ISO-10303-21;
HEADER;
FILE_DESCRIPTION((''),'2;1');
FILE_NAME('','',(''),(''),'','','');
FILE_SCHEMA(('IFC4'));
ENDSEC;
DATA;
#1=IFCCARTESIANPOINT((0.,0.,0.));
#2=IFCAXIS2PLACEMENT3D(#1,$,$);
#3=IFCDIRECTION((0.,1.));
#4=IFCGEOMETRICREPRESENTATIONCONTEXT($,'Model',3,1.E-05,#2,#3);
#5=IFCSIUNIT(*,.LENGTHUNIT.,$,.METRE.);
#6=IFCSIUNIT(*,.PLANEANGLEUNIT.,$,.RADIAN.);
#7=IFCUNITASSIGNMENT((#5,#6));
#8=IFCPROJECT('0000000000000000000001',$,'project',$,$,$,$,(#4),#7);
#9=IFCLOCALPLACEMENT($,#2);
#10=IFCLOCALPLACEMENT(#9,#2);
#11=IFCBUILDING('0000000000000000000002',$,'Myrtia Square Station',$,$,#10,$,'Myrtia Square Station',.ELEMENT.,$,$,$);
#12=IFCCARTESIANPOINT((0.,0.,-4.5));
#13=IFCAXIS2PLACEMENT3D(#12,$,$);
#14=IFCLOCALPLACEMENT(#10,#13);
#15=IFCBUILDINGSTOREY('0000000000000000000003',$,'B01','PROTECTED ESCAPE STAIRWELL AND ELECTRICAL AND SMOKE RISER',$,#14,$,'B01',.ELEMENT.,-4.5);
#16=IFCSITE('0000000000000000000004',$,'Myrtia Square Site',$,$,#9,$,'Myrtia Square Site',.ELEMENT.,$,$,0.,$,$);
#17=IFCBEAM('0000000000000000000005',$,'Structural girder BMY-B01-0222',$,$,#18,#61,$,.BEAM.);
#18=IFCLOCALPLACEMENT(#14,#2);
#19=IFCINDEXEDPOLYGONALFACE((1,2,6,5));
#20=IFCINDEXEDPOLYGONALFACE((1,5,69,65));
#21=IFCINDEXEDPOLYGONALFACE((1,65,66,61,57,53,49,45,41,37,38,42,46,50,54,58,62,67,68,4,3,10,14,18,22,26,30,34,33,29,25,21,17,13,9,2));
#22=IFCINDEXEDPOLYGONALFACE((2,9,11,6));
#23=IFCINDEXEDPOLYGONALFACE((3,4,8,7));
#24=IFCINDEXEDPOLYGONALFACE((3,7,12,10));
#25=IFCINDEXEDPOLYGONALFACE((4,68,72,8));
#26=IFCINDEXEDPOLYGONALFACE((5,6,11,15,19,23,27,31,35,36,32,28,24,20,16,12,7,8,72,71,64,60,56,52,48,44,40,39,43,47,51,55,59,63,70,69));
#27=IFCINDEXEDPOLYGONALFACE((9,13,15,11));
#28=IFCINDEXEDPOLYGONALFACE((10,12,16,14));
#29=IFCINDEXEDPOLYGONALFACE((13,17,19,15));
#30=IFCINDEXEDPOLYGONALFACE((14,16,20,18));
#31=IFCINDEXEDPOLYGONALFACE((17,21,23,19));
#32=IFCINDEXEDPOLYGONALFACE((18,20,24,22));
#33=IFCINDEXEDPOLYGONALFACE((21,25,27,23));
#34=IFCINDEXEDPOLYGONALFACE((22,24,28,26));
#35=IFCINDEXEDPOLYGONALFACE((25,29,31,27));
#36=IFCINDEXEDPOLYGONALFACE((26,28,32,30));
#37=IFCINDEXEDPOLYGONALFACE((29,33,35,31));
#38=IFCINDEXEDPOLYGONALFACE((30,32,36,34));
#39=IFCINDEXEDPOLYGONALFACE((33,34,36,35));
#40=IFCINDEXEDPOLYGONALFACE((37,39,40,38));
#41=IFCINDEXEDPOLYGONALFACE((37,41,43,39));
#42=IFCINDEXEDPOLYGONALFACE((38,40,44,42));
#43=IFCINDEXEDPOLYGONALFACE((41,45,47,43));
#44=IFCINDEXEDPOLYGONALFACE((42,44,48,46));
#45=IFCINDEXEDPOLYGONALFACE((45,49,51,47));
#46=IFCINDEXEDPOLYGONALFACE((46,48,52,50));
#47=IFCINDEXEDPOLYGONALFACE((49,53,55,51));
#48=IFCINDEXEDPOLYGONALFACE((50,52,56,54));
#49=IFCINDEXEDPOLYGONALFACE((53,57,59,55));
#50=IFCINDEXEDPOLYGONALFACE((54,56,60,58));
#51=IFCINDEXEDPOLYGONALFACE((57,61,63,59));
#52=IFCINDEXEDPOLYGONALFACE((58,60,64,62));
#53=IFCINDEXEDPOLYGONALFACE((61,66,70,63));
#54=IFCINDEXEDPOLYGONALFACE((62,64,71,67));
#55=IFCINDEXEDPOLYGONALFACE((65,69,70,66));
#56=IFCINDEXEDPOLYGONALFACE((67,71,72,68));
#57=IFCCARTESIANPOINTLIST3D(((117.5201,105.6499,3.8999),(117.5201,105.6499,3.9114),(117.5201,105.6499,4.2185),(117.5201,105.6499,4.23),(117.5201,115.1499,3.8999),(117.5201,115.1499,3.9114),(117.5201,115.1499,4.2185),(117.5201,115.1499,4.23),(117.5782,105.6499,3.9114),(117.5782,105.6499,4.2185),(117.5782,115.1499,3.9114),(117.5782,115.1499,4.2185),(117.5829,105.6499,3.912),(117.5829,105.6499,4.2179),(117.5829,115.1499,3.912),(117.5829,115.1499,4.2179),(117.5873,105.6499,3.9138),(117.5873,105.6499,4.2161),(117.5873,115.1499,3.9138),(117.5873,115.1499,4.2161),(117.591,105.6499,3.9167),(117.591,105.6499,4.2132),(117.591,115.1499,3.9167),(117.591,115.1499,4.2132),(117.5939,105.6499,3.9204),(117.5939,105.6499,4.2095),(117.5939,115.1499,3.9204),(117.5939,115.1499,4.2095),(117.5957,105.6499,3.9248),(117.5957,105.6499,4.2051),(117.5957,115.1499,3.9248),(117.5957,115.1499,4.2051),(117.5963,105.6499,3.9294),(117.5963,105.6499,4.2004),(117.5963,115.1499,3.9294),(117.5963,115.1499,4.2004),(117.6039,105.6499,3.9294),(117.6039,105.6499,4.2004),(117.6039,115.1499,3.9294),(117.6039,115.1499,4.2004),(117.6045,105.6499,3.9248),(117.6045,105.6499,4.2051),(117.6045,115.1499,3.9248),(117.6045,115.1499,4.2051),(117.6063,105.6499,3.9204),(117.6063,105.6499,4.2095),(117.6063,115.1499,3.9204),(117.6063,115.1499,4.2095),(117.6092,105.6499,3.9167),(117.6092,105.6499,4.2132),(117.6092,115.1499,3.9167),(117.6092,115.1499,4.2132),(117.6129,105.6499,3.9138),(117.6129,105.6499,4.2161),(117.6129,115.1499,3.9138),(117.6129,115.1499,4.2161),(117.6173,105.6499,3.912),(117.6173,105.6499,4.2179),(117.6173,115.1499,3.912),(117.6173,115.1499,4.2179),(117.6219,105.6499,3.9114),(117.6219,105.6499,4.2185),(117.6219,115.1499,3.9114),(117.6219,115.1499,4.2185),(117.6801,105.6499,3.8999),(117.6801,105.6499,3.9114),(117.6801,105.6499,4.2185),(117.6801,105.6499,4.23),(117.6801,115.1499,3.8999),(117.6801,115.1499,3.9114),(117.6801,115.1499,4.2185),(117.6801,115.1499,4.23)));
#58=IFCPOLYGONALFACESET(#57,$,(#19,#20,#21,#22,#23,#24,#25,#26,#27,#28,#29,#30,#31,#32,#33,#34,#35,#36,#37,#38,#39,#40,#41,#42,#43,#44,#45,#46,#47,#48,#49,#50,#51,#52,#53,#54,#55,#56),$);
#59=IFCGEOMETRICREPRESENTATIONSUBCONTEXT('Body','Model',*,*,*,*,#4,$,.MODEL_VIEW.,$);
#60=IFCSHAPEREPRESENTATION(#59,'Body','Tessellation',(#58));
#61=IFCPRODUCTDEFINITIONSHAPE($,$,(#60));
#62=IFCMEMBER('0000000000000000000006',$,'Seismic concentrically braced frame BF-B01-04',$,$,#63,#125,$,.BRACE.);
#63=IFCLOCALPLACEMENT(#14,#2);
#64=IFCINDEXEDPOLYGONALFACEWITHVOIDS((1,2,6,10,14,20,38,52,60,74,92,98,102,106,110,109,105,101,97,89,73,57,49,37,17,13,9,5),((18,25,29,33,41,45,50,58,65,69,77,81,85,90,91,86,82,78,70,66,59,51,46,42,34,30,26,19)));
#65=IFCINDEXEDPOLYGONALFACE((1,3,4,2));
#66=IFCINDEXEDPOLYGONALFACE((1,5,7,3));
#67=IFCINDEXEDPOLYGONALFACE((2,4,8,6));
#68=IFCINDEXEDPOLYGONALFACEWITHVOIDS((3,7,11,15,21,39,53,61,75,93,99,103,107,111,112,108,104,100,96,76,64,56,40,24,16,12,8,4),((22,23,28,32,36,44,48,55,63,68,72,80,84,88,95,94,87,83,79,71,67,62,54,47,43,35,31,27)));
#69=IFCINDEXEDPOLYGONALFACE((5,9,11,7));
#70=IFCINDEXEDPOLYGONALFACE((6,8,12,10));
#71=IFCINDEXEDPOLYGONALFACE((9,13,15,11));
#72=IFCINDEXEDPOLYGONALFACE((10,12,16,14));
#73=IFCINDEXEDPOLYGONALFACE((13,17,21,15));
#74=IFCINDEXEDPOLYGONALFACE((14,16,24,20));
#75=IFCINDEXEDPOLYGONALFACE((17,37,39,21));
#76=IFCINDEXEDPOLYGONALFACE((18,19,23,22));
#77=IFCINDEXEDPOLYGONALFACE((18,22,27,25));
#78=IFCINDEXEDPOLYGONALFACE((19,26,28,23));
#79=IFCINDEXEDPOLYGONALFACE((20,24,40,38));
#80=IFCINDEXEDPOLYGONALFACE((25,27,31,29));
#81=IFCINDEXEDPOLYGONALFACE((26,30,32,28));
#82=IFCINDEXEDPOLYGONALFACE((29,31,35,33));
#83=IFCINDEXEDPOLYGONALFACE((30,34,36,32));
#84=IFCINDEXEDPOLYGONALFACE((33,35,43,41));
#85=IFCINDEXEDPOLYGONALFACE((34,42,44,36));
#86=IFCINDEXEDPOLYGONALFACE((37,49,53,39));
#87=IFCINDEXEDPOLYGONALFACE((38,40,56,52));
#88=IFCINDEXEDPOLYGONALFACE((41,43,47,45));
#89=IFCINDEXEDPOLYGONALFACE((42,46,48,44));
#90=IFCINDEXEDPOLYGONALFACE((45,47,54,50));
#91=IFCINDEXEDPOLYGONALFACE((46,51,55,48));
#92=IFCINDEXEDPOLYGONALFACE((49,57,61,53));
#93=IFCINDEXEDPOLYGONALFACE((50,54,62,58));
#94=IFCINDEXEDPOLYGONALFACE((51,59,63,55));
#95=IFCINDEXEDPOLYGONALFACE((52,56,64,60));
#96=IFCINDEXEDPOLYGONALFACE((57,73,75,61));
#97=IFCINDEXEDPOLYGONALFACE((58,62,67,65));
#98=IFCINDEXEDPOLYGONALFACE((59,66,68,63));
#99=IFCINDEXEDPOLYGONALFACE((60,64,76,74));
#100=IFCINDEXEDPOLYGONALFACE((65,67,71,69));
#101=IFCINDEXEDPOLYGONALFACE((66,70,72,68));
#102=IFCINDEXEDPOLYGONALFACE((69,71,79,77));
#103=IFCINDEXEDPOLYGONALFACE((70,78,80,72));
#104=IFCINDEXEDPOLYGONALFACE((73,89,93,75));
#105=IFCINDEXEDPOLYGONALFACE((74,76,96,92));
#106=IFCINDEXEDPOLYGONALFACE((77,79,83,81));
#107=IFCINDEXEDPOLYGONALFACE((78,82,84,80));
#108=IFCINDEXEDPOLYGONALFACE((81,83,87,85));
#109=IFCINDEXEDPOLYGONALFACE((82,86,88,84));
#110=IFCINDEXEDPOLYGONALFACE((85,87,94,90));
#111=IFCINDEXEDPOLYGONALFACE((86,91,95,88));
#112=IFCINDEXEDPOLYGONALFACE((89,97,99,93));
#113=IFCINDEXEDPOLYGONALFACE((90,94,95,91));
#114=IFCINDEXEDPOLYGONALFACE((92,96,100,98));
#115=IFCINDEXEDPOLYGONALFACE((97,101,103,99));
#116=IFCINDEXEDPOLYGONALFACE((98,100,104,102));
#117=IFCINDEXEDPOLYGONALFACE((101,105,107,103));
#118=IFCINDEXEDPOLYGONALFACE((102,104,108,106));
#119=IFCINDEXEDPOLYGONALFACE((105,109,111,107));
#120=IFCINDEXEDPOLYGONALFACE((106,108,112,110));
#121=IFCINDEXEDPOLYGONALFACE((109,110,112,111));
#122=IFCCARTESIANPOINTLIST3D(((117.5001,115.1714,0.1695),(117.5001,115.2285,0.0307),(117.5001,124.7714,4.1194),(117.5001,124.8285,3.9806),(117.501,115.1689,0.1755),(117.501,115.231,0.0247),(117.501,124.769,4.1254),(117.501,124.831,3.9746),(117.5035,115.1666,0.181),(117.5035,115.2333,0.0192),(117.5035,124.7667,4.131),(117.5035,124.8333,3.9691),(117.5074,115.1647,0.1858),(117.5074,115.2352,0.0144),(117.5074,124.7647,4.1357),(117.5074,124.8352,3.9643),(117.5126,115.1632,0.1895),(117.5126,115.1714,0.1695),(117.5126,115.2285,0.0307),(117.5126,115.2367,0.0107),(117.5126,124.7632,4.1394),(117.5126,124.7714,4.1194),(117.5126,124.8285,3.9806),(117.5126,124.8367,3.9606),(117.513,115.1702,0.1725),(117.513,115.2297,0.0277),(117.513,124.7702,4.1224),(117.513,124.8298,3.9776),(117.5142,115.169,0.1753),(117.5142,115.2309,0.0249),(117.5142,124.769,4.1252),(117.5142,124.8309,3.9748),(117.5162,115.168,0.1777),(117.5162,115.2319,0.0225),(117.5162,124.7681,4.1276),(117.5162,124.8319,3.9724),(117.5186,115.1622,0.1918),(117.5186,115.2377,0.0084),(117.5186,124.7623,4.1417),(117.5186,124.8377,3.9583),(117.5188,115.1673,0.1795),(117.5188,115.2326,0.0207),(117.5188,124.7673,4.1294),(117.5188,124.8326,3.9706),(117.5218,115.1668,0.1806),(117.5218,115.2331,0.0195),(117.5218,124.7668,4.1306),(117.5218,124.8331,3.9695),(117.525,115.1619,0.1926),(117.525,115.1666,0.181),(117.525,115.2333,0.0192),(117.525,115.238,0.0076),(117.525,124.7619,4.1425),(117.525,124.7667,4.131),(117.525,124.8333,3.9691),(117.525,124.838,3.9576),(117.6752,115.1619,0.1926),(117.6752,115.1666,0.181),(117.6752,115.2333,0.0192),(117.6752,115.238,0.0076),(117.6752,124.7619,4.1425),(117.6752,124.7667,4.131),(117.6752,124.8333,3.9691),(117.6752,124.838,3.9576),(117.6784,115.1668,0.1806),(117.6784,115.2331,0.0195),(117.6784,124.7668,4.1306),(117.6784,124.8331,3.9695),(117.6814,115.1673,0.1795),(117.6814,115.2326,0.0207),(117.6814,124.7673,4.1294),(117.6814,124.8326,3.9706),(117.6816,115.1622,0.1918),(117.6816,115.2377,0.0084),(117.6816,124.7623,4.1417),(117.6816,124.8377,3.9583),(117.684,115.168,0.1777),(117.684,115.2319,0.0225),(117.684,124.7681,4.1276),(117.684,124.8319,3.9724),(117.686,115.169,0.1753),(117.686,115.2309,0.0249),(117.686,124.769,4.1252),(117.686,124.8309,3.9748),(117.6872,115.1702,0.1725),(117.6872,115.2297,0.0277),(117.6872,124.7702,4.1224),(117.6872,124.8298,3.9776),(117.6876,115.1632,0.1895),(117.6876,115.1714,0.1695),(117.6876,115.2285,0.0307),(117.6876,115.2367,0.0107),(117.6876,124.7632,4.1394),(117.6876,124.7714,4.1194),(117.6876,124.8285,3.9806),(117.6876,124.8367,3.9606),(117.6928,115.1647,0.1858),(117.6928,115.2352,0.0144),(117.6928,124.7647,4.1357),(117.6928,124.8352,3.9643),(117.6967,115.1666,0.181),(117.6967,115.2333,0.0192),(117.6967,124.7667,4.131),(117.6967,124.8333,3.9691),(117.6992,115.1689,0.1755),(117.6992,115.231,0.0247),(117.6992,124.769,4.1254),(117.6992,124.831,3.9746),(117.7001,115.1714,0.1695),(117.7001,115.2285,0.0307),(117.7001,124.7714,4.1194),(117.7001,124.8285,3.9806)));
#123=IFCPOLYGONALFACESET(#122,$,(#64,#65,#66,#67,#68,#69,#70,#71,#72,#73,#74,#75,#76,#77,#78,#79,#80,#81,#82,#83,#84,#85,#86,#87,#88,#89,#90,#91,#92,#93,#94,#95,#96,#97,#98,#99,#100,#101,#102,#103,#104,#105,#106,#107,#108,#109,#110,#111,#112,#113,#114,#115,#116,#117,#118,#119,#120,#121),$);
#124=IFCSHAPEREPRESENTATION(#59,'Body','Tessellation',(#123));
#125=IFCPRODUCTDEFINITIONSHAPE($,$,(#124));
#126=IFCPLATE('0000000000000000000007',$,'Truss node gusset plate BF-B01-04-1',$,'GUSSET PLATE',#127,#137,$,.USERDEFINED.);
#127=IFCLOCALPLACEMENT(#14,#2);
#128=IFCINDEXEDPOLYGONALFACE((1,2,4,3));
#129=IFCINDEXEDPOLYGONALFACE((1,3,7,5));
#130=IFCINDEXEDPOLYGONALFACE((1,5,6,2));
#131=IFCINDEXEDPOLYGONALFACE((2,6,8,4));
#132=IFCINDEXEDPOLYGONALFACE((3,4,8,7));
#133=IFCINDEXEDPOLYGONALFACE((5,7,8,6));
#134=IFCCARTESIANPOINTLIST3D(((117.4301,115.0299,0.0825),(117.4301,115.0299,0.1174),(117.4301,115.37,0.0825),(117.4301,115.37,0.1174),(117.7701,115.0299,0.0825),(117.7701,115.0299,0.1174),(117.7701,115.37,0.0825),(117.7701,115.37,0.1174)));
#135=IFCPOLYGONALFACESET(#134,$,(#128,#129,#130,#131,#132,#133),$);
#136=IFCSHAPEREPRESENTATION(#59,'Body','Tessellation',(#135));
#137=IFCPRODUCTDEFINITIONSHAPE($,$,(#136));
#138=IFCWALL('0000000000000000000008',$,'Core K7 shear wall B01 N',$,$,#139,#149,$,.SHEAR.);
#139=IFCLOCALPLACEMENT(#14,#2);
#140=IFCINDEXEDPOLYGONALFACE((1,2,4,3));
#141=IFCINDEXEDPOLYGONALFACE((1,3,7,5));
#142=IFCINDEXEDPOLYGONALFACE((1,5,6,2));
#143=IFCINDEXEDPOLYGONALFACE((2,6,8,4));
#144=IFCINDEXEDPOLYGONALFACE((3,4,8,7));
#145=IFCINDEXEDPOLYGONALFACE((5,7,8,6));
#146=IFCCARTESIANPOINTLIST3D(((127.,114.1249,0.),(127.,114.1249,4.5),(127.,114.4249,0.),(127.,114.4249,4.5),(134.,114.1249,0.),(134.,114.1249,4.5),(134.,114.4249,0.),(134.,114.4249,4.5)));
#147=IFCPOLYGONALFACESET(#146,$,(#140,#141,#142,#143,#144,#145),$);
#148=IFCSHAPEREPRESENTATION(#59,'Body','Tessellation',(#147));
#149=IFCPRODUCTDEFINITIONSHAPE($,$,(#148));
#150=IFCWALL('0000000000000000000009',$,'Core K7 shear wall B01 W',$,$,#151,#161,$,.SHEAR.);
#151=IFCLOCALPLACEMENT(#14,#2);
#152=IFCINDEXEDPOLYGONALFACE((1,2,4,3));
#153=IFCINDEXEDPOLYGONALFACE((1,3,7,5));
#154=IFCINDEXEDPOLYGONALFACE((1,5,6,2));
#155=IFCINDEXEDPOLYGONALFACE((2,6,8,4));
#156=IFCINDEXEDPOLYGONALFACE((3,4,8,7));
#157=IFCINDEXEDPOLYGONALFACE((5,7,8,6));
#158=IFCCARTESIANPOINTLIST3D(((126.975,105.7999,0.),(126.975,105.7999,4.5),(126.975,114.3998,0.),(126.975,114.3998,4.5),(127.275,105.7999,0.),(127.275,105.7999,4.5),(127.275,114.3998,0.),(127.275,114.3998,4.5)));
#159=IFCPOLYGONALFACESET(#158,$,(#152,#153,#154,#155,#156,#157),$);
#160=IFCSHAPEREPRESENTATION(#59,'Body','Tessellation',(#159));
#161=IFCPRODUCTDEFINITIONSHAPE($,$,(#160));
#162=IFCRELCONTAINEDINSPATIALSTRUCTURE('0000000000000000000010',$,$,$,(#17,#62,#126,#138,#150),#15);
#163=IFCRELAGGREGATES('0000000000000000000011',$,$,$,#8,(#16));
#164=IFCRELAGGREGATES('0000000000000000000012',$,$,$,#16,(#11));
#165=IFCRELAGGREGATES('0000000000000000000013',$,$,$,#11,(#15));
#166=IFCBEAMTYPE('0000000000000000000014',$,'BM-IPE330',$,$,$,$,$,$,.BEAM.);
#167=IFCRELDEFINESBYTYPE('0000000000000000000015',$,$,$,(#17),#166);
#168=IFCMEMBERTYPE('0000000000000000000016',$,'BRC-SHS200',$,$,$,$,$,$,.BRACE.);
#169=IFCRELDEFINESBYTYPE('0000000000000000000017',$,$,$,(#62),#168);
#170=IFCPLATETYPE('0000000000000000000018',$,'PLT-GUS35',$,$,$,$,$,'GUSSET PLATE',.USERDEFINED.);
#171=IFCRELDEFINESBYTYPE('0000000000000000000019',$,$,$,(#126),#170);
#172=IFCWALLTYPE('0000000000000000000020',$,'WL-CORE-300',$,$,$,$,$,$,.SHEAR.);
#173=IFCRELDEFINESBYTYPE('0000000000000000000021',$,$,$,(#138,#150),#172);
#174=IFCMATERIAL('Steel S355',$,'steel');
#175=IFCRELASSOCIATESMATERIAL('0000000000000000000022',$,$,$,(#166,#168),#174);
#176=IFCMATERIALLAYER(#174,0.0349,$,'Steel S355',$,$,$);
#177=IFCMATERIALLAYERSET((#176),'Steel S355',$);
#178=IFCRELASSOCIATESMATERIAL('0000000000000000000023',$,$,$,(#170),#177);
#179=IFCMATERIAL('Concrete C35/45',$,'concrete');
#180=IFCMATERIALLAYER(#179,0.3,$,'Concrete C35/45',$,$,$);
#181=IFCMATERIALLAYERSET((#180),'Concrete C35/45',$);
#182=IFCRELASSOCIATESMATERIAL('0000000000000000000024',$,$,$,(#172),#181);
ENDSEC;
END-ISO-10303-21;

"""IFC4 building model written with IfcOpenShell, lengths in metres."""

from ifc_helpers import new_model, si_unit, direction, frame, frame_2d, origin, origin_2d, place, context, subcontext, project, spatial, rectangle, hollow_rectangle, i_section, extrude, material, layer, layer_set, material_profile, profile_set, type_object, element, save


model = new_model("IFC4")

# Units and contexts
model_context = context("Model", 3, precision=1e-05, world=origin(), true_north=direction((0.0, 1.0)))
body_context = subcontext(model_context, "Body", "Model", "MODEL_VIEW")
ifc_project = project(units=[si_unit("LENGTHUNIT", "METRE"), si_unit("PLANEANGLEUNIT", "RADIAN")], contexts=[model_context])

# Site, building, storey
site_placement = place(None, origin())
site = spatial("IfcSite", under=ifc_project, at=site_placement, Name="Myrtia Square Site", LongName="Myrtia Square Site", CompositionType="ELEMENT", RefElevation=0.0)
building_placement = place(site_placement, origin())
building = spatial("IfcBuilding", under=site, at=building_placement, Name="Myrtia Square Station", LongName="Myrtia Square Station", CompositionType="ELEMENT")
storey_placement = place(building_placement, frame((0.0, 0.0, -4.5)))
storey = spatial("IfcBuildingStorey", under=building, at=storey_placement, Name="B01", Description="PROTECTED ESCAPE STAIRWELL AND ELECTRICAL AND SMOKE RISER", LongName="B01", CompositionType="ELEMENT", Elevation=-4.5)

# Shared definitions
ifc_material_1 = material(Name="Concrete C35/45", Category="concrete")

# Shared definitions
ifc_material_2 = material(Name="Steel S355", Category="steel")

# Beam
ifc_material_profile_1 = material_profile(ifc_material_2, i_section(OverallWidth=0.1599, OverallDepth=0.3301, WebThickness=0.0076, FlangeThickness=0.0115, FilletRadius=0.0181, at=origin_2d()), Name="IPE 330")
ifc_profile_set_1 = profile_set([ifc_material_profile_1], Name="Steel S355")
beam_type_1 = type_object("IfcBeamType", Name="BM-IPE330", PredefinedType="BEAM", material=ifc_profile_set_1)
beam_1_placement = place(storey_placement, frame((117.6001, 105.6499, 4.0649), z_axis=(0.0, 1.0, 0.0), x_axis=(-1.0, 0.0, 0.0)))
element("IfcBeam", 1, at=beam_1_placement, inside=storey, type_object=beam_type_1, Name="Structural girder BMY-B01-0222", PredefinedType="BEAM", context=body_context, shape_type="SweptSolid", body=[
    extrude(i_section(OverallWidth=0.1599, OverallDepth=0.3301, WebThickness=0.0076, FlangeThickness=0.0115, FilletRadius=0.0181, at=origin_2d()), origin(), (0.0, 0.0, 1.0), 9.5),
])

# Member
ifc_material_profile_2 = material_profile(ifc_material_2, hollow_rectangle(XDim=0.2, YDim=0.2, WallThickness=0.0125, InnerFilletRadius=0.0125, OuterFilletRadius=0.0249, at=origin_2d()), Name="SHS 200x200x12.5")
ifc_profile_set_2 = profile_set([ifc_material_profile_2], Name="Steel S355")
member_type = type_object("IfcMemberType", Name="BRC-SHS200", PredefinedType="BRACE", material=ifc_profile_set_2)
member_placement = place(storey_placement, frame((117.6001, 115.2, 0.1001), z_axis=(0.0, 0.924781, 0.3805), x_axis=(-1.0, 0.0, 0.0)))
element("IfcMember", 2, at=member_placement, inside=storey, type_object=member_type, Name="Seismic concentrically braced frame BF-B01-04", PredefinedType="BRACE", context=body_context, shape_type="SweptSolid", body=[
    extrude(hollow_rectangle(XDim=0.2, YDim=0.2, WallThickness=0.0125, InnerFilletRadius=0.0125, OuterFilletRadius=0.0249, at=origin_2d()), origin(), (0.0, 0.0, 1.0), 10.3809),
])

# Plate
ifc_layer_1 = layer(ifc_material_2, 0.0349, Name="Steel S355")
ifc_layer_set_1 = layer_set([ifc_layer_1], Name="Steel S355")
plate_type = type_object("IfcPlateType", Name="PLT-GUS35", ElementType="GUSSET PLATE", PredefinedType="USERDEFINED", material=ifc_layer_set_1)
plate_placement = place(storey_placement, frame((117.6001, 115.2, 0.0825), z_axis=(0.0, 0.0, 1.0), x_axis=(0.0, 1.0, 0.0)))
element("IfcPlate", 3, at=plate_placement, inside=storey, type_object=plate_type, Name="Truss node gusset plate BF-B01-04-1", ObjectType="GUSSET PLATE", PredefinedType="USERDEFINED", context=body_context, shape_type="SweptSolid", body=[
    extrude(rectangle(XDim=0.3401, YDim=0.3401, at=origin_2d()), origin(), (0.0, 0.0, 1.0), 0.0349),
])

# Shared definitions
ifc_layer_2 = layer(ifc_material_1, 0.3, Name="Concrete C35/45")
ifc_layer_set_2 = layer_set([ifc_layer_2], Name="Concrete C35/45")
wall_type_1 = type_object("IfcWallType", Name="WL-CORE-300", PredefinedType="SHEAR", material=ifc_layer_set_2)

# Walls
wall_1_placement = place(storey_placement, frame((127.0, 114.2749, 0.0), z_axis=(0.0, 0.0, 1.0), x_axis=(1.0, 0.0, 0.0)))
element("IfcWall", 4, at=wall_1_placement, inside=storey, type_object=wall_type_1, Name="Core K7 shear wall B01 N", PredefinedType="SHEAR", context=body_context, shape_type="SweptSolid", body=[
    extrude(rectangle(XDim=7.0, YDim=0.3, at=frame_2d((3.5, 0.0))), origin(), (0.0, 0.0, 1.0), 4.5),
])
wall_2_placement = place(storey_placement, frame((127.125, 105.8, 0.0), z_axis=(0.0, 0.0, 1.0), x_axis=(0.0, 1.0, 0.0)))
element("IfcWall", 5, at=wall_2_placement, inside=storey, type_object=wall_type_1, Name="Core K7 shear wall B01 W", PredefinedType="SHEAR", context=body_context, shape_type="SweptSolid", body=[
    extrude(rectangle(XDim=8.5999, YDim=0.3, at=frame_2d((4.2998, 0.0))), origin(), (0.0, 0.0, 1.0), 4.5),
])

save(model, "model.ifc")
